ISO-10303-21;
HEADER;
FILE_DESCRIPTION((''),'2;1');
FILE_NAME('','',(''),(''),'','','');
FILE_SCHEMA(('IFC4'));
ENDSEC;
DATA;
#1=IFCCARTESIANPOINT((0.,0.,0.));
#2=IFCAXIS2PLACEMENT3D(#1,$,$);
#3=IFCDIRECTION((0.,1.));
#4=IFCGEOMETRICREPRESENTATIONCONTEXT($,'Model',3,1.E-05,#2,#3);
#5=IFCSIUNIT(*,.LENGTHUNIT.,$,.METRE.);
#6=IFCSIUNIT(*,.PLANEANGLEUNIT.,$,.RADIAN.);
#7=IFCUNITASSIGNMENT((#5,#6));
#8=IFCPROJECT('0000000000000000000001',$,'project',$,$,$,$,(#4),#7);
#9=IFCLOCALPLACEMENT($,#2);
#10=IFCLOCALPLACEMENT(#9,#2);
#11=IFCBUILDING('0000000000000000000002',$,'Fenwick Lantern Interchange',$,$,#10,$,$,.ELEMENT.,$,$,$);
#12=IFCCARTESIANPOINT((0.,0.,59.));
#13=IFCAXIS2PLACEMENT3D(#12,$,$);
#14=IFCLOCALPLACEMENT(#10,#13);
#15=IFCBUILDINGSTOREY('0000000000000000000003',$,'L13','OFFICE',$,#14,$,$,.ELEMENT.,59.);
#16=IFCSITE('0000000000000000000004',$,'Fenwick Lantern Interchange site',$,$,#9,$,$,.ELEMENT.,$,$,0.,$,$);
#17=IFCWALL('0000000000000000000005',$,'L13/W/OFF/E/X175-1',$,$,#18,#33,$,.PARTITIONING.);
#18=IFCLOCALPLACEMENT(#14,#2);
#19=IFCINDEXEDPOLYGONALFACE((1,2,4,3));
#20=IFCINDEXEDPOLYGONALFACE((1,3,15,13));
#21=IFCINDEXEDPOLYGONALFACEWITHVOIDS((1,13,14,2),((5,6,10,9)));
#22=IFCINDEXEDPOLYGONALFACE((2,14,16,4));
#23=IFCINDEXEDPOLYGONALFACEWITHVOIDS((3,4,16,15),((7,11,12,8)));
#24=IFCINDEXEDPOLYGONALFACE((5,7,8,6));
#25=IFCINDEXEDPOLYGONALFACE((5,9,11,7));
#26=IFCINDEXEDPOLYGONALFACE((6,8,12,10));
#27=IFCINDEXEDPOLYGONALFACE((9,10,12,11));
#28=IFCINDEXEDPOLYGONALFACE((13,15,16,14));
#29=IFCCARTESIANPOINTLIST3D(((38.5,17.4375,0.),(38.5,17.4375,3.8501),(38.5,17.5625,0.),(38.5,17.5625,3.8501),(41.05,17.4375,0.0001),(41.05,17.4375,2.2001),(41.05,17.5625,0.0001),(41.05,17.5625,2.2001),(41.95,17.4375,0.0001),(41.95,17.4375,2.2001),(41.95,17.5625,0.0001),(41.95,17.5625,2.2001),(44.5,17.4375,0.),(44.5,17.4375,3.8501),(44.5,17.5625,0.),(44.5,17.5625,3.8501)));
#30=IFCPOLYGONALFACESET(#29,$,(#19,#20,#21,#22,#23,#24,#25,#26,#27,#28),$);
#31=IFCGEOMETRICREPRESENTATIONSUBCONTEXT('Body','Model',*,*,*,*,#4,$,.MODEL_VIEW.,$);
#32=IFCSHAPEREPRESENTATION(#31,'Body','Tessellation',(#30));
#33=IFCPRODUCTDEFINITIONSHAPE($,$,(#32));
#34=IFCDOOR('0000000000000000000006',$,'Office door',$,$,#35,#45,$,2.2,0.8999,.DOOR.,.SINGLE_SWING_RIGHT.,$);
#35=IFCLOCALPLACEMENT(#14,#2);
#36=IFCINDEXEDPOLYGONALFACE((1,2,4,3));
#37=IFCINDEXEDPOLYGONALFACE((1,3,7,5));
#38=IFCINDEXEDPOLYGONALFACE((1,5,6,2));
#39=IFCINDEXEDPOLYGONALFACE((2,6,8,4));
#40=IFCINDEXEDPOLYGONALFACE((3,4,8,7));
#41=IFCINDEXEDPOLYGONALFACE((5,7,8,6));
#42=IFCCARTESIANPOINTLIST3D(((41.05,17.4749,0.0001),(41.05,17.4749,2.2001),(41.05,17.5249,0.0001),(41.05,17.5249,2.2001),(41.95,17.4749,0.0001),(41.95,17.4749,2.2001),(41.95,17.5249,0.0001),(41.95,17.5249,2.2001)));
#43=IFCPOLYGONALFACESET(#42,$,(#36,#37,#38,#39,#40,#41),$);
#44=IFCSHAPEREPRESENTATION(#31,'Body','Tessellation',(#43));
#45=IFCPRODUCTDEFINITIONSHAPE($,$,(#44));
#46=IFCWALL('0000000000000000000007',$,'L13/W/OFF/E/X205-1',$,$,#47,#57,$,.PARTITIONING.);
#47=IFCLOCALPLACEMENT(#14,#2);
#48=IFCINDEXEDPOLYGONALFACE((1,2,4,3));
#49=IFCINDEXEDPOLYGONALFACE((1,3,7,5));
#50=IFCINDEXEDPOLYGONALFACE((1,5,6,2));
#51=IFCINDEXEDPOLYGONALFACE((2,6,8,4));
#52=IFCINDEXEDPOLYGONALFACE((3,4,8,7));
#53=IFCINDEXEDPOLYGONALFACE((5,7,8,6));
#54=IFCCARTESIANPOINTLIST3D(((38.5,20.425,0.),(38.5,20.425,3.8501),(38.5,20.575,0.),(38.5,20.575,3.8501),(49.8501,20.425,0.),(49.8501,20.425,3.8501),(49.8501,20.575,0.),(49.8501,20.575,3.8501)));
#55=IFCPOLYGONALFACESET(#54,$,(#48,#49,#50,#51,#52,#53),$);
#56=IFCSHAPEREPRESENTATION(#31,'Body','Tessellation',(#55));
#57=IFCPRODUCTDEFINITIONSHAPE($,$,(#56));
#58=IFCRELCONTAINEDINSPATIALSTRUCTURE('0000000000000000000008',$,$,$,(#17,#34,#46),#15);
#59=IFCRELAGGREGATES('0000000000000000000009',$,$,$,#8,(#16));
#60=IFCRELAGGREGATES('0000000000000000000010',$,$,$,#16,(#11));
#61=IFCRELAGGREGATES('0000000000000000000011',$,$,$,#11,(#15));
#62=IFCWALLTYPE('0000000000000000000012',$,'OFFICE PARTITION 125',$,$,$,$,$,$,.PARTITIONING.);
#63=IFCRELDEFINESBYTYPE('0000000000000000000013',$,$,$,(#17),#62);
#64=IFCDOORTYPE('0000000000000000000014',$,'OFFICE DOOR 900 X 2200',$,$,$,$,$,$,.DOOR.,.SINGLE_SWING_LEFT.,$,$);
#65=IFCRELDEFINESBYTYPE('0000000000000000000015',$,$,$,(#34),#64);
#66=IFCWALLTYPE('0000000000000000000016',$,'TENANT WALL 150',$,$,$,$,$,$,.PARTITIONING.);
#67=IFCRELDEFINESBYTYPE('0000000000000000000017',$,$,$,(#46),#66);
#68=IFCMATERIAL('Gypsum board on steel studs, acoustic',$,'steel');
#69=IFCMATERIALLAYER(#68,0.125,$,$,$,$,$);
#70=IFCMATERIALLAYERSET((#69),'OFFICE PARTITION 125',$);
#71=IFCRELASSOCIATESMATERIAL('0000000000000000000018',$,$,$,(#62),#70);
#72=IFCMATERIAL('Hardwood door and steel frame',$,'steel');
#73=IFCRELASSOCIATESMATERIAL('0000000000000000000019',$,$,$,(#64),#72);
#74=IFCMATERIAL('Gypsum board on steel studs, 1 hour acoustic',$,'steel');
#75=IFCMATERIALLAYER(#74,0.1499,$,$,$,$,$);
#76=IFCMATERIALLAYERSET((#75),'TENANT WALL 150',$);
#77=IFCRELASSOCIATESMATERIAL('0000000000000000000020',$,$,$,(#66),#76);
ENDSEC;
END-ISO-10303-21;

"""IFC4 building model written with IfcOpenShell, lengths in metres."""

from ifc_helpers import new_model, si_unit, direction, frame, frame_2d, origin, place, context, subcontext, project, spatial, rectangle, extrude, material, layer, layer_set, type_object, element, fill, save


model = new_model("IFC4")

# Units and contexts
model_context = context("Model", 3, precision=1e-05, world=origin(), true_north=direction((0.0, 1.0)))
body_context = subcontext(model_context, "Body", "Model", "MODEL_VIEW")
ifc_project = project(units=[si_unit("LENGTHUNIT", "METRE"), si_unit("PLANEANGLEUNIT", "RADIAN")], contexts=[model_context])

# Site, building, storey
site_placement = place(None, origin())
site = spatial("IfcSite", under=ifc_project, at=site_placement, Name="Fenwick Lantern Interchange site", CompositionType="ELEMENT", RefElevation=0.0)
building_placement = place(site_placement, origin())
building = spatial("IfcBuilding", under=site, at=building_placement, Name="Fenwick Lantern Interchange", CompositionType="ELEMENT")
storey_placement = place(building_placement, frame((0.0, 0.0, 59.0)))
storey = spatial("IfcBuildingStorey", under=building, at=storey_placement, Name="L13", Description="OFFICE", CompositionType="ELEMENT", Elevation=59.0)

# Wall, opening, door
ifc_material_1 = material(Name="Gypsum board on steel studs, acoustic", Category="steel")
ifc_layer_1 = layer(ifc_material_1, 0.125)
ifc_layer_set_1 = layer_set([ifc_layer_1], Name="OFFICE PARTITION 125")
wall_type_1 = type_object("IfcWallType", Name="OFFICE PARTITION 125", PredefinedType="PARTITIONING", material=ifc_layer_set_1)
ifc_material_2 = material(Name="Hardwood door and steel frame", Category="steel")
wall_1_placement = place(storey_placement, frame((44.5, 17.5, 0.0), z_axis=(0.0, 0.0, 1.0), x_axis=(-1.0, 0.0, 0.0)))
wall_1 = element("IfcWall", 1, at=wall_1_placement, inside=storey, type_object=wall_type_1, Name="L13/W/OFF/E/X175-1", PredefinedType="PARTITIONING", context=body_context, shape_type="SweptSolid", body=[
    extrude(rectangle(XDim=6.0, YDim=0.125, at=frame_2d((3.0, 0.0))), origin(), (0.0, 0.0, 1.0), 3.8501),
])
opening_1_placement = place(wall_1_placement, frame((2.55, 0.0, 0.0)))
opening_1 = element("IfcOpeningElement", 2, at=opening_1_placement, cuts=wall_1, PredefinedType="OPENING", context=body_context, shape_type="SweptSolid", body=[
    extrude(rectangle(XDim=0.8999, YDim=2.2, at=frame_2d((0.45, 1.1001))), frame((0.0, 0.0725, 0.0), z_axis=(0.0, -1.0, 0.0), x_axis=(1.0, 0.0, 0.0)), (0.0, 0.0, 1.0), 0.145),
])
door_type_1 = type_object("IfcDoorType", Name="OFFICE DOOR 900 X 2200", OperationType="SINGLE_SWING_LEFT", PredefinedType="DOOR", material=ifc_material_2)
door_1_placement = place(opening_1_placement, frame((0.8999, 0.0, 0.0), z_axis=(0.0, 0.0, 1.0), x_axis=(-1.0, 0.0, 0.0)))
door_1 = element("IfcDoor", 3, at=door_1_placement, inside=storey, type_object=door_type_1, Name="Office door", OperationType="SINGLE_SWING_RIGHT", OverallHeight=2.2, OverallWidth=0.8999, PredefinedType="DOOR", context=body_context, shape_type="SweptSolid", body=[
    extrude(rectangle(XDim=0.8999, YDim=2.2, at=frame_2d((0.45, 1.1001))), frame((0.0, 0.0249, 0.0), z_axis=(0.0, -1.0, 0.0), x_axis=(1.0, 0.0, 0.0)), (0.0, 0.0, 1.0), 0.05),
])
fill(opening_1, door_1)

# Wall
ifc_material_3 = material(Name="Gypsum board on steel studs, 1 hour acoustic", Category="steel")
ifc_layer_2 = layer(ifc_material_3, 0.1499)
ifc_layer_set_2 = layer_set([ifc_layer_2], Name="TENANT WALL 150")
wall_type_2 = type_object("IfcWallType", Name="TENANT WALL 150", PredefinedType="PARTITIONING", material=ifc_layer_set_2)
wall_2_placement = place(storey_placement, frame((49.8501, 20.5, 0.0), z_axis=(0.0, 0.0, 1.0), x_axis=(-1.0, 0.0, 0.0)))
element("IfcWall", 4, at=wall_2_placement, inside=storey, type_object=wall_type_2, Name="L13/W/OFF/E/X205-1", PredefinedType="PARTITIONING", context=body_context, shape_type="SweptSolid", body=[
    extrude(rectangle(XDim=11.3501, YDim=0.1499, at=frame_2d((5.675, 0.0))), origin(), (0.0, 0.0, 1.0), 3.8501),
])

save(model, "model.ifc")
